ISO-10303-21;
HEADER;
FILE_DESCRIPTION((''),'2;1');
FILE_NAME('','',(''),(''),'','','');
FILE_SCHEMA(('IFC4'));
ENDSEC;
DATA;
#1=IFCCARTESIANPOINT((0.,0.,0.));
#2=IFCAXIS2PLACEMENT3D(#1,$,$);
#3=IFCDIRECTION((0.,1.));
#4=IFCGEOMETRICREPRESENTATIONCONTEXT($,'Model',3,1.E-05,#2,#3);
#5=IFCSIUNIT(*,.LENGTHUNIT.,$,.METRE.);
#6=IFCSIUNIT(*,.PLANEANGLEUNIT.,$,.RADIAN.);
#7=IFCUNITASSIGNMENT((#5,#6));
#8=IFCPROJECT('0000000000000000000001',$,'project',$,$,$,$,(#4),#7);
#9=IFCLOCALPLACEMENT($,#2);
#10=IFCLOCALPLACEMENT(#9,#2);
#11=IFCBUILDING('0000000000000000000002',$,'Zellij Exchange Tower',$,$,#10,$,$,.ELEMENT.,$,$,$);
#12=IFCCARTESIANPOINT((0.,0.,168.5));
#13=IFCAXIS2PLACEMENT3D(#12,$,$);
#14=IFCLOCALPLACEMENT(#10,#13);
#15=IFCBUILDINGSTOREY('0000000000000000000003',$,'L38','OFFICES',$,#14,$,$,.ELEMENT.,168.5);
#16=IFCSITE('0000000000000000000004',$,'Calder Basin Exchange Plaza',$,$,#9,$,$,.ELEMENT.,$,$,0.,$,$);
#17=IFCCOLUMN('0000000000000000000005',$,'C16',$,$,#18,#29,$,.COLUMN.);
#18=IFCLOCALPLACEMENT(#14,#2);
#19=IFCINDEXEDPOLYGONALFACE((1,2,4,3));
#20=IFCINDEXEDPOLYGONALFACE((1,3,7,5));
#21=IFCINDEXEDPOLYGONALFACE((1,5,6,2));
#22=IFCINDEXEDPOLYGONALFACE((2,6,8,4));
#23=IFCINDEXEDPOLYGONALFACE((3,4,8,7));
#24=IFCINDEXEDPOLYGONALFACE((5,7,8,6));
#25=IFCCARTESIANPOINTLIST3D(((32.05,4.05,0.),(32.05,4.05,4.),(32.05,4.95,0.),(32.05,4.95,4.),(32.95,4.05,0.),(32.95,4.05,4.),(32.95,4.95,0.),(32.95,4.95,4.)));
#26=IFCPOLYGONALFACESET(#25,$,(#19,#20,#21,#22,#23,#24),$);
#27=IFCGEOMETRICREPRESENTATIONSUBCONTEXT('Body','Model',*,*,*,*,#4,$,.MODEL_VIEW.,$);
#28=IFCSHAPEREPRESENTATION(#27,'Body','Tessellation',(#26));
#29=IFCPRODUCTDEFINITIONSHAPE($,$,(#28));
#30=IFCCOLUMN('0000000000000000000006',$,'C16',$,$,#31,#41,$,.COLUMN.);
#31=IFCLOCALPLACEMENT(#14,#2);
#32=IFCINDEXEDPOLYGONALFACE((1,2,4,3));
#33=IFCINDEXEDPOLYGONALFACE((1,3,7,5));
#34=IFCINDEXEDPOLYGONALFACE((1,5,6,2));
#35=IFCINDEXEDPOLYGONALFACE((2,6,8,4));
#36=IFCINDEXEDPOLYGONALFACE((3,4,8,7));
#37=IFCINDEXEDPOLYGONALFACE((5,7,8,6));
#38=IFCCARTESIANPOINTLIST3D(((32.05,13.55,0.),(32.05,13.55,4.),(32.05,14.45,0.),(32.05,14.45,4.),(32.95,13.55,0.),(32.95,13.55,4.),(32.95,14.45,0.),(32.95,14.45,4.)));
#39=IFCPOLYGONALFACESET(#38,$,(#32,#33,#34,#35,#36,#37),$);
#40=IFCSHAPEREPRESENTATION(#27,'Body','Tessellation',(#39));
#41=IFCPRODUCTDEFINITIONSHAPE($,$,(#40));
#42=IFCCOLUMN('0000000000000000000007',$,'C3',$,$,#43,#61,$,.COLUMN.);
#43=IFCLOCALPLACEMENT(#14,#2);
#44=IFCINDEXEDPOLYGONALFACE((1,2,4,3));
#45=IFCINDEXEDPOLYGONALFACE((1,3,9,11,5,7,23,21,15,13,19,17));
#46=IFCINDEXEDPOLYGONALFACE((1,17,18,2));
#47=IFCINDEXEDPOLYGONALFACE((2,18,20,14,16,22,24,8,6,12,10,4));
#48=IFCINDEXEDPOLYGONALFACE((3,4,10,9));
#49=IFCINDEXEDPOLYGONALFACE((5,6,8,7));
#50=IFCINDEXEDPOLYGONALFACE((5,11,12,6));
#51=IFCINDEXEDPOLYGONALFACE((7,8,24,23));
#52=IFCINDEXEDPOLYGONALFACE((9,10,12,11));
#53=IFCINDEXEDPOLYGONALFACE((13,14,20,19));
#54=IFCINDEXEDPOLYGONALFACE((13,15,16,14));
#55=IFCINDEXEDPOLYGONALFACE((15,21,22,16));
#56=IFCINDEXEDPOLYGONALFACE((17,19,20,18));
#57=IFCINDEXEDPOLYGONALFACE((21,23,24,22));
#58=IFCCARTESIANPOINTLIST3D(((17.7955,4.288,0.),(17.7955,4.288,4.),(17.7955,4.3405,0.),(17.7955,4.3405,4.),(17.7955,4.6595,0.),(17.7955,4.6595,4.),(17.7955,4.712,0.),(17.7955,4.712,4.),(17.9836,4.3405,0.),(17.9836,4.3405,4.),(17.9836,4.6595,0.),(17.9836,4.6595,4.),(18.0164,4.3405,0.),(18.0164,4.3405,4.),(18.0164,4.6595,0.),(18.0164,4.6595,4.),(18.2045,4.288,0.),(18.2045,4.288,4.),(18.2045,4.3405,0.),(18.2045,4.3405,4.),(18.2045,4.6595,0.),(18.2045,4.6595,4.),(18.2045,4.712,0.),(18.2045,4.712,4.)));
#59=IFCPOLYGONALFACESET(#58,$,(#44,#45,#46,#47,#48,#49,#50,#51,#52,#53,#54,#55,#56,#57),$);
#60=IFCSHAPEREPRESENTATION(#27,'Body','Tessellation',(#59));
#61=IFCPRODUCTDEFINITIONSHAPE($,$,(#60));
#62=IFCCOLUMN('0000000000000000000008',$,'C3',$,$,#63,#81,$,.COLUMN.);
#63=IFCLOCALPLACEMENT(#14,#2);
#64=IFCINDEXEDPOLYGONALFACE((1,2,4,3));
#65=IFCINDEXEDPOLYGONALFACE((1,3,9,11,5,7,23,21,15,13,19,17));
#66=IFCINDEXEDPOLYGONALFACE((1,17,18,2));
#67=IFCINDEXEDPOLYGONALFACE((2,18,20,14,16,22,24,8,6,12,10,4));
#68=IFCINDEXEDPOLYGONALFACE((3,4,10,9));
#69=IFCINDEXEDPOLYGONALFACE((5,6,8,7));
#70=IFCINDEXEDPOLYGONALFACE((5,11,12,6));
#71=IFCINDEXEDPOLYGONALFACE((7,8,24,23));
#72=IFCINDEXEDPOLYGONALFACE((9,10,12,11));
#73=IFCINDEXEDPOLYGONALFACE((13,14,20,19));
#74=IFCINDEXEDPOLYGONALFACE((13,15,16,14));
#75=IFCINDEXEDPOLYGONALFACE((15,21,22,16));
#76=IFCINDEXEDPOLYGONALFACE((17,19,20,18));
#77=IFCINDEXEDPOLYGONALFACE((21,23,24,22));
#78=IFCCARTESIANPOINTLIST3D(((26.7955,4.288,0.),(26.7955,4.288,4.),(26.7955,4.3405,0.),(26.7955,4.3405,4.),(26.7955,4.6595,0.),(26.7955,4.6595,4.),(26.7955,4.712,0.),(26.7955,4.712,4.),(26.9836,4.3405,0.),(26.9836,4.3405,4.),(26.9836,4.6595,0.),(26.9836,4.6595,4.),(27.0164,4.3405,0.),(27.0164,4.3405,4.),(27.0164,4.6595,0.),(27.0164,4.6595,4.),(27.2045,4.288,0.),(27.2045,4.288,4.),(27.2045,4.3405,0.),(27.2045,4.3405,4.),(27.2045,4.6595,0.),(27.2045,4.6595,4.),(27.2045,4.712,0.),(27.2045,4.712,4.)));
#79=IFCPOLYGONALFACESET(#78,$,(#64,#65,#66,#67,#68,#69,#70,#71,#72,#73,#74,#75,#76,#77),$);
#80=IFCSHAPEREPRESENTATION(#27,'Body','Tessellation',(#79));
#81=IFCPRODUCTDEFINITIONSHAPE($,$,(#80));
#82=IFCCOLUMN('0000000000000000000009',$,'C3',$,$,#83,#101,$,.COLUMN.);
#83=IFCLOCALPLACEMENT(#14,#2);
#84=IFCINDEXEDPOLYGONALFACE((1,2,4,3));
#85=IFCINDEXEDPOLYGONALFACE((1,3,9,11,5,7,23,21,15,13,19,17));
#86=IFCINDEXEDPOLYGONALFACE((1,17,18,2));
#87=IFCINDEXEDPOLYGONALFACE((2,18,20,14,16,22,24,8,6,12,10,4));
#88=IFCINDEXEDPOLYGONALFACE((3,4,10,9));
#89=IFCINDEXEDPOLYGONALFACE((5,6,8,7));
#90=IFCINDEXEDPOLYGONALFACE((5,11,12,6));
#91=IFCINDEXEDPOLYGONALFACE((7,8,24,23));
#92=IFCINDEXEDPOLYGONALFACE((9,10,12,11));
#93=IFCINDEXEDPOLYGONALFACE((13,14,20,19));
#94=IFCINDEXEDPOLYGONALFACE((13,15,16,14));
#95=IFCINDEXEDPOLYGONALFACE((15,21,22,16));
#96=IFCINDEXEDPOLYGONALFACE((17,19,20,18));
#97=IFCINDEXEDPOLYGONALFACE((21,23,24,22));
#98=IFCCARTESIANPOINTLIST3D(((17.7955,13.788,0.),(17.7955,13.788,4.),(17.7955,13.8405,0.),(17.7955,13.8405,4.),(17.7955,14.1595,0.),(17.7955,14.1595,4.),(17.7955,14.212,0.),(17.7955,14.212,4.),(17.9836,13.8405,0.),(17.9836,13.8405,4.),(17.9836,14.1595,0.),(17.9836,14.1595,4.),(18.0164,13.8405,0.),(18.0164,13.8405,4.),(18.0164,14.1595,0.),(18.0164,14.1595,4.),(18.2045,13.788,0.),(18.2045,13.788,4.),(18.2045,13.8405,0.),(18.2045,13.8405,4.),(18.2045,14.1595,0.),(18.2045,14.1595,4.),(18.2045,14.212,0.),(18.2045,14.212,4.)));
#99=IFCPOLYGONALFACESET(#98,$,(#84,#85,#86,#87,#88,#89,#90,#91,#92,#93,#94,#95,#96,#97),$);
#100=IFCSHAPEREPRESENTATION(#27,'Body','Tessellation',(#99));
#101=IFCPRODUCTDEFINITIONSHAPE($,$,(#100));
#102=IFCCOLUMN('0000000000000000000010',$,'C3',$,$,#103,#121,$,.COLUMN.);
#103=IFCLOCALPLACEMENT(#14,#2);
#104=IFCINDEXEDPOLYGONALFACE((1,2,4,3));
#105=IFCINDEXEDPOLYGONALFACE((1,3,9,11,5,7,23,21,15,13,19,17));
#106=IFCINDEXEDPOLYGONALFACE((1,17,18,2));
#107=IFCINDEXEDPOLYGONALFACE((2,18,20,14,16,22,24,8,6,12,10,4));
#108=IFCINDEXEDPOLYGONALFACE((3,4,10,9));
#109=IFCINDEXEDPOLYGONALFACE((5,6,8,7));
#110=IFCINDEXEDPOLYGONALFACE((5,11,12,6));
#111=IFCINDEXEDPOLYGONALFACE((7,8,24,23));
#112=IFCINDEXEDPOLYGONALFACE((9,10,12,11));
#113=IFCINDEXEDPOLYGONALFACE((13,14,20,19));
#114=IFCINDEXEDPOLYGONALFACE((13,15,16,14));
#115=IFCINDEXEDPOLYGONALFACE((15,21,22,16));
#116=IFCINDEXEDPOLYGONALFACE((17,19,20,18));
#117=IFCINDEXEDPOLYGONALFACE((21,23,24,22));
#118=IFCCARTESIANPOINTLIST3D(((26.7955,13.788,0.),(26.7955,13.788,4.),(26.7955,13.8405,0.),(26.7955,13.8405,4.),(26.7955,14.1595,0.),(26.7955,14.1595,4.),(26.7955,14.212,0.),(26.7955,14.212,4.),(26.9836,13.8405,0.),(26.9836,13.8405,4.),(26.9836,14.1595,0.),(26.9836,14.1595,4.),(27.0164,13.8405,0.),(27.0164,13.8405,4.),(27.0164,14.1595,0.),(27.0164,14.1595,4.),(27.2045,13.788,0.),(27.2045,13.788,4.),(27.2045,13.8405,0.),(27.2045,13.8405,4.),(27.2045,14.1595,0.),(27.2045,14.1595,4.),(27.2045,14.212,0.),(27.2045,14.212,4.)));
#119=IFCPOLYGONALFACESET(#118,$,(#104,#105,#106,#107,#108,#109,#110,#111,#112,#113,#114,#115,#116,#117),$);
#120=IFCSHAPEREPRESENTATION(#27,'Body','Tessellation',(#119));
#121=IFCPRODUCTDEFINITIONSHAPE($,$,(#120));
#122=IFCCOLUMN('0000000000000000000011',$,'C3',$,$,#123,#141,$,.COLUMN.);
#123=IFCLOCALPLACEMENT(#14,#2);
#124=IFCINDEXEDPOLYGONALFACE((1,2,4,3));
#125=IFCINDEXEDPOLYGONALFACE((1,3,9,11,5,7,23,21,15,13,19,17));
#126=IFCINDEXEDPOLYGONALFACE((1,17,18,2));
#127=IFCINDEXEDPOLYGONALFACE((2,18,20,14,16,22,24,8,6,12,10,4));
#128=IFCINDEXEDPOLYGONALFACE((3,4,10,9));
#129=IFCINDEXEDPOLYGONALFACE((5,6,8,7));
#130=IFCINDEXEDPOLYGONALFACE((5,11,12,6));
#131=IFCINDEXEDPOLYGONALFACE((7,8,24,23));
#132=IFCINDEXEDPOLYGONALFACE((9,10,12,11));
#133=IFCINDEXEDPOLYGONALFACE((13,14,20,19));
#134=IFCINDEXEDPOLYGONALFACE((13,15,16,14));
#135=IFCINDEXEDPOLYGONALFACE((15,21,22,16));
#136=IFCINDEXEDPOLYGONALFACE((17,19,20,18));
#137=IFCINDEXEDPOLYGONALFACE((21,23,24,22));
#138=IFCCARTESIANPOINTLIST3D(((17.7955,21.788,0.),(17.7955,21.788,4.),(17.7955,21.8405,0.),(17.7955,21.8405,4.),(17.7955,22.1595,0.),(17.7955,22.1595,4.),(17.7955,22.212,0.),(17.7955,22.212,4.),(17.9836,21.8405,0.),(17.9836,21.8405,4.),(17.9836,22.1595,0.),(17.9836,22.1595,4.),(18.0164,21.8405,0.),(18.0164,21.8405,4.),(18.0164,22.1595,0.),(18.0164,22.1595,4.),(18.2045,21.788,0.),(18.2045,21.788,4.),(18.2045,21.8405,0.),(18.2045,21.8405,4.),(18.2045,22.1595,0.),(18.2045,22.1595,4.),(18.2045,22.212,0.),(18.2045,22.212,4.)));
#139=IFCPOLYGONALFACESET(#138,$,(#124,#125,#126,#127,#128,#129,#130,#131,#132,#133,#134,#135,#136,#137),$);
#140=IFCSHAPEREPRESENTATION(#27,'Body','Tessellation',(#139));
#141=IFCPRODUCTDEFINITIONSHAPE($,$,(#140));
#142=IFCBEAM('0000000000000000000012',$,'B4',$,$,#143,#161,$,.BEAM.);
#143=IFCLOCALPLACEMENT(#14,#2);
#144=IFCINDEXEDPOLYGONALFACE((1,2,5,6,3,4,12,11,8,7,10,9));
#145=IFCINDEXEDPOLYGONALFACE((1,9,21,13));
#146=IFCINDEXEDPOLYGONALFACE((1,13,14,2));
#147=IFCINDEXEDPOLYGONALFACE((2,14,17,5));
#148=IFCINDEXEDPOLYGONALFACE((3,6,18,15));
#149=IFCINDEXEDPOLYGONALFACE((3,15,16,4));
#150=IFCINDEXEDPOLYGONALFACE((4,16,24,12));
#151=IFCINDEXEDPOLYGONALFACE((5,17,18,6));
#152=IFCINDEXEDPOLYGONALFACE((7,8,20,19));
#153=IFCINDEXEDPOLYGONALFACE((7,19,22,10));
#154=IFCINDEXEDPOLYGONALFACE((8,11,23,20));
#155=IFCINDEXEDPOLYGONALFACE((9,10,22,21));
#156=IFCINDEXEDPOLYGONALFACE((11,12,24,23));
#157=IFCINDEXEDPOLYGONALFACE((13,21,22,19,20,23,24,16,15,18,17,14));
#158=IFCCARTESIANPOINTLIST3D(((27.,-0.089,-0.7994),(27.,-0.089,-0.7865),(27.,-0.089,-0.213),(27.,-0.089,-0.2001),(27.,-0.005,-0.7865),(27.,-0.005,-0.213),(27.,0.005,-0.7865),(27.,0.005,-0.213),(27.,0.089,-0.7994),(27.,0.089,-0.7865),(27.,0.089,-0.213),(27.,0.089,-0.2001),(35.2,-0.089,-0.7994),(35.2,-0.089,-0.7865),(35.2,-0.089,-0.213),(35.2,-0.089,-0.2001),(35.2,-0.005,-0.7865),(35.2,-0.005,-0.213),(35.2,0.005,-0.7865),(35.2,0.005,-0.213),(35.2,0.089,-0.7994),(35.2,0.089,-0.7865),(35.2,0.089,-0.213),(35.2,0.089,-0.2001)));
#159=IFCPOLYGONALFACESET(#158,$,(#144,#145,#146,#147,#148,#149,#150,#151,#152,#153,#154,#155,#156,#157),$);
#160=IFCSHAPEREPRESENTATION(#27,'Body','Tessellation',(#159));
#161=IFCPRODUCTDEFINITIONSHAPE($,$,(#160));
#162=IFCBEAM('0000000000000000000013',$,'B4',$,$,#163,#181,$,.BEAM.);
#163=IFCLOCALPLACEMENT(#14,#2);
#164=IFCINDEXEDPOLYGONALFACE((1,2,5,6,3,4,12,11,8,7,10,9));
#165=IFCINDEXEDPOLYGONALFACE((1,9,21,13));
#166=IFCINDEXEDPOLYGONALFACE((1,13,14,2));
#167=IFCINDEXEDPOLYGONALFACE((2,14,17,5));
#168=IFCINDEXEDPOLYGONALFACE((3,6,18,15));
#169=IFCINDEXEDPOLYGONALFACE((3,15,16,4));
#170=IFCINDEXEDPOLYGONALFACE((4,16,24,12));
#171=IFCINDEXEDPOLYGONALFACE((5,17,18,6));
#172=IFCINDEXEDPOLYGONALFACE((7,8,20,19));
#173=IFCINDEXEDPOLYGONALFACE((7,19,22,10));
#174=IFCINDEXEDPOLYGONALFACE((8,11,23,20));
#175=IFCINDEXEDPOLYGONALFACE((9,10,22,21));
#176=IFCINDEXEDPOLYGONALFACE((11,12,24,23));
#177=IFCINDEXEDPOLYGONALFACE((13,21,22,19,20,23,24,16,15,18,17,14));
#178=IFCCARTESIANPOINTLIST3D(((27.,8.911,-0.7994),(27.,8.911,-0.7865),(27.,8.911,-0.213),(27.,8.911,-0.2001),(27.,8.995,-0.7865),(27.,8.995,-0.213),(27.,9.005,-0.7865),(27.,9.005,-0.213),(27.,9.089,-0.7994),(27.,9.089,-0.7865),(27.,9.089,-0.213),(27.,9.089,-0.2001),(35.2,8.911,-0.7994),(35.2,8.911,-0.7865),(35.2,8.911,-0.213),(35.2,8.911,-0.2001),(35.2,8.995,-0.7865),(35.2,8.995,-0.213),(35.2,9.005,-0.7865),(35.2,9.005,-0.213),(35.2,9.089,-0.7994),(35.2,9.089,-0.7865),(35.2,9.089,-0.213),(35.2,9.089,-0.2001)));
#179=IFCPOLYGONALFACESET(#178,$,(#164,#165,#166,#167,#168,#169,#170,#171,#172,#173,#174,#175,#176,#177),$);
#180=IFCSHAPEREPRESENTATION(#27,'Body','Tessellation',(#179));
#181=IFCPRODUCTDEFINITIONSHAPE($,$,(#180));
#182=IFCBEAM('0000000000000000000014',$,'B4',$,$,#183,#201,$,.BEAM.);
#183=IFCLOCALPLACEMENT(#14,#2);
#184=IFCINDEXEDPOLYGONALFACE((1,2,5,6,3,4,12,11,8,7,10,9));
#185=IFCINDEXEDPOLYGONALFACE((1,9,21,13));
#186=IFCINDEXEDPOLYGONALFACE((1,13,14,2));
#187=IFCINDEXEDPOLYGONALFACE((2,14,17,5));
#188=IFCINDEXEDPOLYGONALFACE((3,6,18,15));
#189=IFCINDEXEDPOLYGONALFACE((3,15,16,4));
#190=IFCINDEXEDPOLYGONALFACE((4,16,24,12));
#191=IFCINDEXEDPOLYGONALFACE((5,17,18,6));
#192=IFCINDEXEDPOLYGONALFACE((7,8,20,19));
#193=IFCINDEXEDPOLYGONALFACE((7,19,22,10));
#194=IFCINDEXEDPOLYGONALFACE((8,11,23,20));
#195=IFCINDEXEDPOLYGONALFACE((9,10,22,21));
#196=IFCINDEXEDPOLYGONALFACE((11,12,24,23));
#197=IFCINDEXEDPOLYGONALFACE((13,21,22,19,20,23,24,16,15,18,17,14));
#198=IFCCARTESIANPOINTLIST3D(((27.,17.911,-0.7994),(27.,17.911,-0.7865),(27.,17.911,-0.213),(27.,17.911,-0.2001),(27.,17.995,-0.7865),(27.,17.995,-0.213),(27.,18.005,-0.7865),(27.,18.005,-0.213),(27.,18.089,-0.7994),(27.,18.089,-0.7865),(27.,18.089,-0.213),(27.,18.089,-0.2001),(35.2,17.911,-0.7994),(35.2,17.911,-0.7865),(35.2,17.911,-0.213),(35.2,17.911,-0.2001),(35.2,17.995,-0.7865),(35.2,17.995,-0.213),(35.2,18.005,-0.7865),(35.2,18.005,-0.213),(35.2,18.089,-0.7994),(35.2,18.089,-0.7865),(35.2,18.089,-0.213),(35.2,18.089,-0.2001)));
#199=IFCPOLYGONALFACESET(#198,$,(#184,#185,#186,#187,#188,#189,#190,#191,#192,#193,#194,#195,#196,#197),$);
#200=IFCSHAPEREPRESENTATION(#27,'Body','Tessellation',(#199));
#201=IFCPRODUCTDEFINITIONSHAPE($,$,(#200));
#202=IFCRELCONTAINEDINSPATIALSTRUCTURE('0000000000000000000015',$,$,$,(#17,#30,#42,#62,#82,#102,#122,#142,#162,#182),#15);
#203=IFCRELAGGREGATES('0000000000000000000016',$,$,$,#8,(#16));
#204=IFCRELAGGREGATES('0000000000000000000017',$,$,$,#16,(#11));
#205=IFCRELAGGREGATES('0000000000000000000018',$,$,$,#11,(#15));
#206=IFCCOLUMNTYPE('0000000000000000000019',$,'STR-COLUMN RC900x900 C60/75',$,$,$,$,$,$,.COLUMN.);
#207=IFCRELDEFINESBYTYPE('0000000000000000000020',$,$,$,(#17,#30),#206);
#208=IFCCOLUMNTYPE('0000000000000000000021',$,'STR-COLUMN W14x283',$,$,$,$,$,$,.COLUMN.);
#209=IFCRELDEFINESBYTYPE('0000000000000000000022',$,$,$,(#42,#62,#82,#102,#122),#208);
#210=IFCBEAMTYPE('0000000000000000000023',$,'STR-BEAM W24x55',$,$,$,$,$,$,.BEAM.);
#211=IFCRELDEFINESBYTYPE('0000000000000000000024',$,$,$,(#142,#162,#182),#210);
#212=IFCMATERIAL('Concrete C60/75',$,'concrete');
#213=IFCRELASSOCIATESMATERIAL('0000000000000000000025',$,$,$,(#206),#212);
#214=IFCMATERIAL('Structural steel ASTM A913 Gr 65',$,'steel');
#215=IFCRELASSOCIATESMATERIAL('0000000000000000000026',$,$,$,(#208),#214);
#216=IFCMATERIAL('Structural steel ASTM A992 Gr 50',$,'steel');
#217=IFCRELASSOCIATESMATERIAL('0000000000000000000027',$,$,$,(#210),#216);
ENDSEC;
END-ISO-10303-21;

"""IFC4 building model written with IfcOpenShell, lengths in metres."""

from ifc_helpers import new_model, si_unit, direction, frame, origin, origin_2d, place, context, subcontext, project, spatial, rectangle, i_section, extrude, material, material_profile, profile_set, type_object, element, save


model = new_model("IFC4")

# Units and contexts
model_context = context("Model", 3, precision=1e-05, world=origin(), true_north=direction((0.0, 1.0)))
body_context = subcontext(model_context, "Body", "Model", "MODEL_VIEW")
ifc_project = project(units=[si_unit("LENGTHUNIT", "METRE"), si_unit("PLANEANGLEUNIT", "RADIAN")], contexts=[model_context])

# Site, building, storey
site_placement = place(None, origin())
site = spatial("IfcSite", under=ifc_project, at=site_placement, Name="Calder Basin Exchange Plaza", CompositionType="ELEMENT", RefElevation=0.0)
building_placement = place(site_placement, origin())
building = spatial("IfcBuilding", under=site, at=building_placement, Name="Zellij Exchange Tower", CompositionType="ELEMENT")
storey_placement = place(building_placement, frame((0.0, 0.0, 168.5)))
storey = spatial("IfcBuildingStorey", under=building, at=storey_placement, Name="L38", Description="OFFICES", CompositionType="ELEMENT", Elevation=168.5)

# Columns
ifc_material_1 = material(Name="Concrete C60/75", Category="concrete")
ifc_material_profile_1 = material_profile(ifc_material_1, rectangle(XDim=0.8999, YDim=0.8999, at=origin_2d()), Name="STR-COLUMN RC900x900 C60/75")
ifc_profile_set_1 = profile_set([ifc_material_profile_1], Name="Concrete C60/75")
column_type_1 = type_object("IfcColumnType", Name="STR-COLUMN RC900x900 C60/75", PredefinedType="COLUMN", material=ifc_profile_set_1)
for number, where, z_axis, x_axis, name in (
    (1, (32.5, 4.5, 0.0), (0.0, 0.0, 1.0), (1.0, 0.0, 0.0), "C16"),
    (2, (32.5, 14.0, 0.0), (0.0, 0.0, 1.0), (1.0, 0.0, 0.0), "C16"),
):
    element("IfcColumn", number, at=place(storey_placement, frame(where, z_axis=z_axis, x_axis=x_axis)), inside=storey, type_object=column_type_1, Name=name, PredefinedType="COLUMN", context=body_context, shape_type="SweptSolid", body=[
        extrude(rectangle(XDim=0.8999, YDim=0.8999, at=origin_2d()), origin(), (0.0, 0.0, 1.0), 4.0),
    ])
ifc_material_2 = material(Name="Structural steel ASTM A913 Gr 65", Category="steel")
ifc_material_profile_2 = material_profile(ifc_material_2, i_section(OverallWidth=0.4089, OverallDepth=0.4241, WebThickness=0.0327, FlangeThickness=0.0525, at=origin_2d()), Name="W14x283")
ifc_profile_set_2 = profile_set([ifc_material_profile_2], Name="Structural steel ASTM A913 Gr 65")
column_type_2 = type_object("IfcColumnType", Name="STR-COLUMN W14x283", PredefinedType="COLUMN", material=ifc_profile_set_2)
for number, where, z_axis, x_axis, name in (
    (3, (18.0, 4.5, 0.0), (0.0, 0.0, 1.0), (1.0, 0.0, 0.0), "C3"),
    (4, (27.0, 4.5, 0.0), (0.0, 0.0, 1.0), (1.0, 0.0, 0.0), "C3"),
    (5, (18.0, 14.0, 0.0), (0.0, 0.0, 1.0), (1.0, 0.0, 0.0), "C3"),
    (6, (27.0, 14.0, 0.0), (0.0, 0.0, 1.0), (1.0, 0.0, 0.0), "C3"),
    (7, (18.0, 22.0, 0.0), (0.0, 0.0, 1.0), (1.0, 0.0, 0.0), "C3"),
):
    element("IfcColumn", number, at=place(storey_placement, frame(where, z_axis=z_axis, x_axis=x_axis)), inside=storey, type_object=column_type_2, Name=name, PredefinedType="COLUMN", context=body_context, shape_type="SweptSolid", body=[
        extrude(i_section(OverallWidth=0.4089, OverallDepth=0.4241, WebThickness=0.0327, FlangeThickness=0.0525, at=origin_2d()), origin(), (0.0, 0.0, 1.0), 4.0),
    ])

# Beams
ifc_material_3 = material(Name="Structural steel ASTM A992 Gr 50", Category="steel")
ifc_material_profile_3 = material_profile(ifc_material_3, i_section(OverallWidth=0.178, OverallDepth=0.5994, WebThickness=0.01, FlangeThickness=0.0129, at=origin_2d()), Name="W24x55")
ifc_profile_set_3 = profile_set([ifc_material_profile_3], Name="Structural steel ASTM A992 Gr 50")
beam_type_1 = type_object("IfcBeamType", Name="STR-BEAM W24x55", PredefinedType="BEAM", material=ifc_profile_set_3)
for number, where, z_axis, x_axis, name in (
    (8, (27.0, 0.0, -0.4998), (1.0, 0.0, 0.0), (0.0, 1.0, 0.0), "B4"),
    (9, (27.0, 9.0, -0.4998), (1.0, 0.0, 0.0), (0.0, 1.0, 0.0), "B4"),
    (10, (27.0, 18.0, -0.4998), (1.0, 0.0, 0.0), (0.0, 1.0, 0.0), "B4"),
):
    element("IfcBeam", number, at=place(storey_placement, frame(where, z_axis=z_axis, x_axis=x_axis)), inside=storey, type_object=beam_type_1, Name=name, PredefinedType="BEAM", context=body_context, shape_type="SweptSolid", body=[
        extrude(i_section(OverallWidth=0.178, OverallDepth=0.5994, WebThickness=0.01, FlangeThickness=0.0129, at=origin_2d()), origin(), (0.0, 0.0, 1.0), 8.2),
    ])

save(model, "model.ifc")
